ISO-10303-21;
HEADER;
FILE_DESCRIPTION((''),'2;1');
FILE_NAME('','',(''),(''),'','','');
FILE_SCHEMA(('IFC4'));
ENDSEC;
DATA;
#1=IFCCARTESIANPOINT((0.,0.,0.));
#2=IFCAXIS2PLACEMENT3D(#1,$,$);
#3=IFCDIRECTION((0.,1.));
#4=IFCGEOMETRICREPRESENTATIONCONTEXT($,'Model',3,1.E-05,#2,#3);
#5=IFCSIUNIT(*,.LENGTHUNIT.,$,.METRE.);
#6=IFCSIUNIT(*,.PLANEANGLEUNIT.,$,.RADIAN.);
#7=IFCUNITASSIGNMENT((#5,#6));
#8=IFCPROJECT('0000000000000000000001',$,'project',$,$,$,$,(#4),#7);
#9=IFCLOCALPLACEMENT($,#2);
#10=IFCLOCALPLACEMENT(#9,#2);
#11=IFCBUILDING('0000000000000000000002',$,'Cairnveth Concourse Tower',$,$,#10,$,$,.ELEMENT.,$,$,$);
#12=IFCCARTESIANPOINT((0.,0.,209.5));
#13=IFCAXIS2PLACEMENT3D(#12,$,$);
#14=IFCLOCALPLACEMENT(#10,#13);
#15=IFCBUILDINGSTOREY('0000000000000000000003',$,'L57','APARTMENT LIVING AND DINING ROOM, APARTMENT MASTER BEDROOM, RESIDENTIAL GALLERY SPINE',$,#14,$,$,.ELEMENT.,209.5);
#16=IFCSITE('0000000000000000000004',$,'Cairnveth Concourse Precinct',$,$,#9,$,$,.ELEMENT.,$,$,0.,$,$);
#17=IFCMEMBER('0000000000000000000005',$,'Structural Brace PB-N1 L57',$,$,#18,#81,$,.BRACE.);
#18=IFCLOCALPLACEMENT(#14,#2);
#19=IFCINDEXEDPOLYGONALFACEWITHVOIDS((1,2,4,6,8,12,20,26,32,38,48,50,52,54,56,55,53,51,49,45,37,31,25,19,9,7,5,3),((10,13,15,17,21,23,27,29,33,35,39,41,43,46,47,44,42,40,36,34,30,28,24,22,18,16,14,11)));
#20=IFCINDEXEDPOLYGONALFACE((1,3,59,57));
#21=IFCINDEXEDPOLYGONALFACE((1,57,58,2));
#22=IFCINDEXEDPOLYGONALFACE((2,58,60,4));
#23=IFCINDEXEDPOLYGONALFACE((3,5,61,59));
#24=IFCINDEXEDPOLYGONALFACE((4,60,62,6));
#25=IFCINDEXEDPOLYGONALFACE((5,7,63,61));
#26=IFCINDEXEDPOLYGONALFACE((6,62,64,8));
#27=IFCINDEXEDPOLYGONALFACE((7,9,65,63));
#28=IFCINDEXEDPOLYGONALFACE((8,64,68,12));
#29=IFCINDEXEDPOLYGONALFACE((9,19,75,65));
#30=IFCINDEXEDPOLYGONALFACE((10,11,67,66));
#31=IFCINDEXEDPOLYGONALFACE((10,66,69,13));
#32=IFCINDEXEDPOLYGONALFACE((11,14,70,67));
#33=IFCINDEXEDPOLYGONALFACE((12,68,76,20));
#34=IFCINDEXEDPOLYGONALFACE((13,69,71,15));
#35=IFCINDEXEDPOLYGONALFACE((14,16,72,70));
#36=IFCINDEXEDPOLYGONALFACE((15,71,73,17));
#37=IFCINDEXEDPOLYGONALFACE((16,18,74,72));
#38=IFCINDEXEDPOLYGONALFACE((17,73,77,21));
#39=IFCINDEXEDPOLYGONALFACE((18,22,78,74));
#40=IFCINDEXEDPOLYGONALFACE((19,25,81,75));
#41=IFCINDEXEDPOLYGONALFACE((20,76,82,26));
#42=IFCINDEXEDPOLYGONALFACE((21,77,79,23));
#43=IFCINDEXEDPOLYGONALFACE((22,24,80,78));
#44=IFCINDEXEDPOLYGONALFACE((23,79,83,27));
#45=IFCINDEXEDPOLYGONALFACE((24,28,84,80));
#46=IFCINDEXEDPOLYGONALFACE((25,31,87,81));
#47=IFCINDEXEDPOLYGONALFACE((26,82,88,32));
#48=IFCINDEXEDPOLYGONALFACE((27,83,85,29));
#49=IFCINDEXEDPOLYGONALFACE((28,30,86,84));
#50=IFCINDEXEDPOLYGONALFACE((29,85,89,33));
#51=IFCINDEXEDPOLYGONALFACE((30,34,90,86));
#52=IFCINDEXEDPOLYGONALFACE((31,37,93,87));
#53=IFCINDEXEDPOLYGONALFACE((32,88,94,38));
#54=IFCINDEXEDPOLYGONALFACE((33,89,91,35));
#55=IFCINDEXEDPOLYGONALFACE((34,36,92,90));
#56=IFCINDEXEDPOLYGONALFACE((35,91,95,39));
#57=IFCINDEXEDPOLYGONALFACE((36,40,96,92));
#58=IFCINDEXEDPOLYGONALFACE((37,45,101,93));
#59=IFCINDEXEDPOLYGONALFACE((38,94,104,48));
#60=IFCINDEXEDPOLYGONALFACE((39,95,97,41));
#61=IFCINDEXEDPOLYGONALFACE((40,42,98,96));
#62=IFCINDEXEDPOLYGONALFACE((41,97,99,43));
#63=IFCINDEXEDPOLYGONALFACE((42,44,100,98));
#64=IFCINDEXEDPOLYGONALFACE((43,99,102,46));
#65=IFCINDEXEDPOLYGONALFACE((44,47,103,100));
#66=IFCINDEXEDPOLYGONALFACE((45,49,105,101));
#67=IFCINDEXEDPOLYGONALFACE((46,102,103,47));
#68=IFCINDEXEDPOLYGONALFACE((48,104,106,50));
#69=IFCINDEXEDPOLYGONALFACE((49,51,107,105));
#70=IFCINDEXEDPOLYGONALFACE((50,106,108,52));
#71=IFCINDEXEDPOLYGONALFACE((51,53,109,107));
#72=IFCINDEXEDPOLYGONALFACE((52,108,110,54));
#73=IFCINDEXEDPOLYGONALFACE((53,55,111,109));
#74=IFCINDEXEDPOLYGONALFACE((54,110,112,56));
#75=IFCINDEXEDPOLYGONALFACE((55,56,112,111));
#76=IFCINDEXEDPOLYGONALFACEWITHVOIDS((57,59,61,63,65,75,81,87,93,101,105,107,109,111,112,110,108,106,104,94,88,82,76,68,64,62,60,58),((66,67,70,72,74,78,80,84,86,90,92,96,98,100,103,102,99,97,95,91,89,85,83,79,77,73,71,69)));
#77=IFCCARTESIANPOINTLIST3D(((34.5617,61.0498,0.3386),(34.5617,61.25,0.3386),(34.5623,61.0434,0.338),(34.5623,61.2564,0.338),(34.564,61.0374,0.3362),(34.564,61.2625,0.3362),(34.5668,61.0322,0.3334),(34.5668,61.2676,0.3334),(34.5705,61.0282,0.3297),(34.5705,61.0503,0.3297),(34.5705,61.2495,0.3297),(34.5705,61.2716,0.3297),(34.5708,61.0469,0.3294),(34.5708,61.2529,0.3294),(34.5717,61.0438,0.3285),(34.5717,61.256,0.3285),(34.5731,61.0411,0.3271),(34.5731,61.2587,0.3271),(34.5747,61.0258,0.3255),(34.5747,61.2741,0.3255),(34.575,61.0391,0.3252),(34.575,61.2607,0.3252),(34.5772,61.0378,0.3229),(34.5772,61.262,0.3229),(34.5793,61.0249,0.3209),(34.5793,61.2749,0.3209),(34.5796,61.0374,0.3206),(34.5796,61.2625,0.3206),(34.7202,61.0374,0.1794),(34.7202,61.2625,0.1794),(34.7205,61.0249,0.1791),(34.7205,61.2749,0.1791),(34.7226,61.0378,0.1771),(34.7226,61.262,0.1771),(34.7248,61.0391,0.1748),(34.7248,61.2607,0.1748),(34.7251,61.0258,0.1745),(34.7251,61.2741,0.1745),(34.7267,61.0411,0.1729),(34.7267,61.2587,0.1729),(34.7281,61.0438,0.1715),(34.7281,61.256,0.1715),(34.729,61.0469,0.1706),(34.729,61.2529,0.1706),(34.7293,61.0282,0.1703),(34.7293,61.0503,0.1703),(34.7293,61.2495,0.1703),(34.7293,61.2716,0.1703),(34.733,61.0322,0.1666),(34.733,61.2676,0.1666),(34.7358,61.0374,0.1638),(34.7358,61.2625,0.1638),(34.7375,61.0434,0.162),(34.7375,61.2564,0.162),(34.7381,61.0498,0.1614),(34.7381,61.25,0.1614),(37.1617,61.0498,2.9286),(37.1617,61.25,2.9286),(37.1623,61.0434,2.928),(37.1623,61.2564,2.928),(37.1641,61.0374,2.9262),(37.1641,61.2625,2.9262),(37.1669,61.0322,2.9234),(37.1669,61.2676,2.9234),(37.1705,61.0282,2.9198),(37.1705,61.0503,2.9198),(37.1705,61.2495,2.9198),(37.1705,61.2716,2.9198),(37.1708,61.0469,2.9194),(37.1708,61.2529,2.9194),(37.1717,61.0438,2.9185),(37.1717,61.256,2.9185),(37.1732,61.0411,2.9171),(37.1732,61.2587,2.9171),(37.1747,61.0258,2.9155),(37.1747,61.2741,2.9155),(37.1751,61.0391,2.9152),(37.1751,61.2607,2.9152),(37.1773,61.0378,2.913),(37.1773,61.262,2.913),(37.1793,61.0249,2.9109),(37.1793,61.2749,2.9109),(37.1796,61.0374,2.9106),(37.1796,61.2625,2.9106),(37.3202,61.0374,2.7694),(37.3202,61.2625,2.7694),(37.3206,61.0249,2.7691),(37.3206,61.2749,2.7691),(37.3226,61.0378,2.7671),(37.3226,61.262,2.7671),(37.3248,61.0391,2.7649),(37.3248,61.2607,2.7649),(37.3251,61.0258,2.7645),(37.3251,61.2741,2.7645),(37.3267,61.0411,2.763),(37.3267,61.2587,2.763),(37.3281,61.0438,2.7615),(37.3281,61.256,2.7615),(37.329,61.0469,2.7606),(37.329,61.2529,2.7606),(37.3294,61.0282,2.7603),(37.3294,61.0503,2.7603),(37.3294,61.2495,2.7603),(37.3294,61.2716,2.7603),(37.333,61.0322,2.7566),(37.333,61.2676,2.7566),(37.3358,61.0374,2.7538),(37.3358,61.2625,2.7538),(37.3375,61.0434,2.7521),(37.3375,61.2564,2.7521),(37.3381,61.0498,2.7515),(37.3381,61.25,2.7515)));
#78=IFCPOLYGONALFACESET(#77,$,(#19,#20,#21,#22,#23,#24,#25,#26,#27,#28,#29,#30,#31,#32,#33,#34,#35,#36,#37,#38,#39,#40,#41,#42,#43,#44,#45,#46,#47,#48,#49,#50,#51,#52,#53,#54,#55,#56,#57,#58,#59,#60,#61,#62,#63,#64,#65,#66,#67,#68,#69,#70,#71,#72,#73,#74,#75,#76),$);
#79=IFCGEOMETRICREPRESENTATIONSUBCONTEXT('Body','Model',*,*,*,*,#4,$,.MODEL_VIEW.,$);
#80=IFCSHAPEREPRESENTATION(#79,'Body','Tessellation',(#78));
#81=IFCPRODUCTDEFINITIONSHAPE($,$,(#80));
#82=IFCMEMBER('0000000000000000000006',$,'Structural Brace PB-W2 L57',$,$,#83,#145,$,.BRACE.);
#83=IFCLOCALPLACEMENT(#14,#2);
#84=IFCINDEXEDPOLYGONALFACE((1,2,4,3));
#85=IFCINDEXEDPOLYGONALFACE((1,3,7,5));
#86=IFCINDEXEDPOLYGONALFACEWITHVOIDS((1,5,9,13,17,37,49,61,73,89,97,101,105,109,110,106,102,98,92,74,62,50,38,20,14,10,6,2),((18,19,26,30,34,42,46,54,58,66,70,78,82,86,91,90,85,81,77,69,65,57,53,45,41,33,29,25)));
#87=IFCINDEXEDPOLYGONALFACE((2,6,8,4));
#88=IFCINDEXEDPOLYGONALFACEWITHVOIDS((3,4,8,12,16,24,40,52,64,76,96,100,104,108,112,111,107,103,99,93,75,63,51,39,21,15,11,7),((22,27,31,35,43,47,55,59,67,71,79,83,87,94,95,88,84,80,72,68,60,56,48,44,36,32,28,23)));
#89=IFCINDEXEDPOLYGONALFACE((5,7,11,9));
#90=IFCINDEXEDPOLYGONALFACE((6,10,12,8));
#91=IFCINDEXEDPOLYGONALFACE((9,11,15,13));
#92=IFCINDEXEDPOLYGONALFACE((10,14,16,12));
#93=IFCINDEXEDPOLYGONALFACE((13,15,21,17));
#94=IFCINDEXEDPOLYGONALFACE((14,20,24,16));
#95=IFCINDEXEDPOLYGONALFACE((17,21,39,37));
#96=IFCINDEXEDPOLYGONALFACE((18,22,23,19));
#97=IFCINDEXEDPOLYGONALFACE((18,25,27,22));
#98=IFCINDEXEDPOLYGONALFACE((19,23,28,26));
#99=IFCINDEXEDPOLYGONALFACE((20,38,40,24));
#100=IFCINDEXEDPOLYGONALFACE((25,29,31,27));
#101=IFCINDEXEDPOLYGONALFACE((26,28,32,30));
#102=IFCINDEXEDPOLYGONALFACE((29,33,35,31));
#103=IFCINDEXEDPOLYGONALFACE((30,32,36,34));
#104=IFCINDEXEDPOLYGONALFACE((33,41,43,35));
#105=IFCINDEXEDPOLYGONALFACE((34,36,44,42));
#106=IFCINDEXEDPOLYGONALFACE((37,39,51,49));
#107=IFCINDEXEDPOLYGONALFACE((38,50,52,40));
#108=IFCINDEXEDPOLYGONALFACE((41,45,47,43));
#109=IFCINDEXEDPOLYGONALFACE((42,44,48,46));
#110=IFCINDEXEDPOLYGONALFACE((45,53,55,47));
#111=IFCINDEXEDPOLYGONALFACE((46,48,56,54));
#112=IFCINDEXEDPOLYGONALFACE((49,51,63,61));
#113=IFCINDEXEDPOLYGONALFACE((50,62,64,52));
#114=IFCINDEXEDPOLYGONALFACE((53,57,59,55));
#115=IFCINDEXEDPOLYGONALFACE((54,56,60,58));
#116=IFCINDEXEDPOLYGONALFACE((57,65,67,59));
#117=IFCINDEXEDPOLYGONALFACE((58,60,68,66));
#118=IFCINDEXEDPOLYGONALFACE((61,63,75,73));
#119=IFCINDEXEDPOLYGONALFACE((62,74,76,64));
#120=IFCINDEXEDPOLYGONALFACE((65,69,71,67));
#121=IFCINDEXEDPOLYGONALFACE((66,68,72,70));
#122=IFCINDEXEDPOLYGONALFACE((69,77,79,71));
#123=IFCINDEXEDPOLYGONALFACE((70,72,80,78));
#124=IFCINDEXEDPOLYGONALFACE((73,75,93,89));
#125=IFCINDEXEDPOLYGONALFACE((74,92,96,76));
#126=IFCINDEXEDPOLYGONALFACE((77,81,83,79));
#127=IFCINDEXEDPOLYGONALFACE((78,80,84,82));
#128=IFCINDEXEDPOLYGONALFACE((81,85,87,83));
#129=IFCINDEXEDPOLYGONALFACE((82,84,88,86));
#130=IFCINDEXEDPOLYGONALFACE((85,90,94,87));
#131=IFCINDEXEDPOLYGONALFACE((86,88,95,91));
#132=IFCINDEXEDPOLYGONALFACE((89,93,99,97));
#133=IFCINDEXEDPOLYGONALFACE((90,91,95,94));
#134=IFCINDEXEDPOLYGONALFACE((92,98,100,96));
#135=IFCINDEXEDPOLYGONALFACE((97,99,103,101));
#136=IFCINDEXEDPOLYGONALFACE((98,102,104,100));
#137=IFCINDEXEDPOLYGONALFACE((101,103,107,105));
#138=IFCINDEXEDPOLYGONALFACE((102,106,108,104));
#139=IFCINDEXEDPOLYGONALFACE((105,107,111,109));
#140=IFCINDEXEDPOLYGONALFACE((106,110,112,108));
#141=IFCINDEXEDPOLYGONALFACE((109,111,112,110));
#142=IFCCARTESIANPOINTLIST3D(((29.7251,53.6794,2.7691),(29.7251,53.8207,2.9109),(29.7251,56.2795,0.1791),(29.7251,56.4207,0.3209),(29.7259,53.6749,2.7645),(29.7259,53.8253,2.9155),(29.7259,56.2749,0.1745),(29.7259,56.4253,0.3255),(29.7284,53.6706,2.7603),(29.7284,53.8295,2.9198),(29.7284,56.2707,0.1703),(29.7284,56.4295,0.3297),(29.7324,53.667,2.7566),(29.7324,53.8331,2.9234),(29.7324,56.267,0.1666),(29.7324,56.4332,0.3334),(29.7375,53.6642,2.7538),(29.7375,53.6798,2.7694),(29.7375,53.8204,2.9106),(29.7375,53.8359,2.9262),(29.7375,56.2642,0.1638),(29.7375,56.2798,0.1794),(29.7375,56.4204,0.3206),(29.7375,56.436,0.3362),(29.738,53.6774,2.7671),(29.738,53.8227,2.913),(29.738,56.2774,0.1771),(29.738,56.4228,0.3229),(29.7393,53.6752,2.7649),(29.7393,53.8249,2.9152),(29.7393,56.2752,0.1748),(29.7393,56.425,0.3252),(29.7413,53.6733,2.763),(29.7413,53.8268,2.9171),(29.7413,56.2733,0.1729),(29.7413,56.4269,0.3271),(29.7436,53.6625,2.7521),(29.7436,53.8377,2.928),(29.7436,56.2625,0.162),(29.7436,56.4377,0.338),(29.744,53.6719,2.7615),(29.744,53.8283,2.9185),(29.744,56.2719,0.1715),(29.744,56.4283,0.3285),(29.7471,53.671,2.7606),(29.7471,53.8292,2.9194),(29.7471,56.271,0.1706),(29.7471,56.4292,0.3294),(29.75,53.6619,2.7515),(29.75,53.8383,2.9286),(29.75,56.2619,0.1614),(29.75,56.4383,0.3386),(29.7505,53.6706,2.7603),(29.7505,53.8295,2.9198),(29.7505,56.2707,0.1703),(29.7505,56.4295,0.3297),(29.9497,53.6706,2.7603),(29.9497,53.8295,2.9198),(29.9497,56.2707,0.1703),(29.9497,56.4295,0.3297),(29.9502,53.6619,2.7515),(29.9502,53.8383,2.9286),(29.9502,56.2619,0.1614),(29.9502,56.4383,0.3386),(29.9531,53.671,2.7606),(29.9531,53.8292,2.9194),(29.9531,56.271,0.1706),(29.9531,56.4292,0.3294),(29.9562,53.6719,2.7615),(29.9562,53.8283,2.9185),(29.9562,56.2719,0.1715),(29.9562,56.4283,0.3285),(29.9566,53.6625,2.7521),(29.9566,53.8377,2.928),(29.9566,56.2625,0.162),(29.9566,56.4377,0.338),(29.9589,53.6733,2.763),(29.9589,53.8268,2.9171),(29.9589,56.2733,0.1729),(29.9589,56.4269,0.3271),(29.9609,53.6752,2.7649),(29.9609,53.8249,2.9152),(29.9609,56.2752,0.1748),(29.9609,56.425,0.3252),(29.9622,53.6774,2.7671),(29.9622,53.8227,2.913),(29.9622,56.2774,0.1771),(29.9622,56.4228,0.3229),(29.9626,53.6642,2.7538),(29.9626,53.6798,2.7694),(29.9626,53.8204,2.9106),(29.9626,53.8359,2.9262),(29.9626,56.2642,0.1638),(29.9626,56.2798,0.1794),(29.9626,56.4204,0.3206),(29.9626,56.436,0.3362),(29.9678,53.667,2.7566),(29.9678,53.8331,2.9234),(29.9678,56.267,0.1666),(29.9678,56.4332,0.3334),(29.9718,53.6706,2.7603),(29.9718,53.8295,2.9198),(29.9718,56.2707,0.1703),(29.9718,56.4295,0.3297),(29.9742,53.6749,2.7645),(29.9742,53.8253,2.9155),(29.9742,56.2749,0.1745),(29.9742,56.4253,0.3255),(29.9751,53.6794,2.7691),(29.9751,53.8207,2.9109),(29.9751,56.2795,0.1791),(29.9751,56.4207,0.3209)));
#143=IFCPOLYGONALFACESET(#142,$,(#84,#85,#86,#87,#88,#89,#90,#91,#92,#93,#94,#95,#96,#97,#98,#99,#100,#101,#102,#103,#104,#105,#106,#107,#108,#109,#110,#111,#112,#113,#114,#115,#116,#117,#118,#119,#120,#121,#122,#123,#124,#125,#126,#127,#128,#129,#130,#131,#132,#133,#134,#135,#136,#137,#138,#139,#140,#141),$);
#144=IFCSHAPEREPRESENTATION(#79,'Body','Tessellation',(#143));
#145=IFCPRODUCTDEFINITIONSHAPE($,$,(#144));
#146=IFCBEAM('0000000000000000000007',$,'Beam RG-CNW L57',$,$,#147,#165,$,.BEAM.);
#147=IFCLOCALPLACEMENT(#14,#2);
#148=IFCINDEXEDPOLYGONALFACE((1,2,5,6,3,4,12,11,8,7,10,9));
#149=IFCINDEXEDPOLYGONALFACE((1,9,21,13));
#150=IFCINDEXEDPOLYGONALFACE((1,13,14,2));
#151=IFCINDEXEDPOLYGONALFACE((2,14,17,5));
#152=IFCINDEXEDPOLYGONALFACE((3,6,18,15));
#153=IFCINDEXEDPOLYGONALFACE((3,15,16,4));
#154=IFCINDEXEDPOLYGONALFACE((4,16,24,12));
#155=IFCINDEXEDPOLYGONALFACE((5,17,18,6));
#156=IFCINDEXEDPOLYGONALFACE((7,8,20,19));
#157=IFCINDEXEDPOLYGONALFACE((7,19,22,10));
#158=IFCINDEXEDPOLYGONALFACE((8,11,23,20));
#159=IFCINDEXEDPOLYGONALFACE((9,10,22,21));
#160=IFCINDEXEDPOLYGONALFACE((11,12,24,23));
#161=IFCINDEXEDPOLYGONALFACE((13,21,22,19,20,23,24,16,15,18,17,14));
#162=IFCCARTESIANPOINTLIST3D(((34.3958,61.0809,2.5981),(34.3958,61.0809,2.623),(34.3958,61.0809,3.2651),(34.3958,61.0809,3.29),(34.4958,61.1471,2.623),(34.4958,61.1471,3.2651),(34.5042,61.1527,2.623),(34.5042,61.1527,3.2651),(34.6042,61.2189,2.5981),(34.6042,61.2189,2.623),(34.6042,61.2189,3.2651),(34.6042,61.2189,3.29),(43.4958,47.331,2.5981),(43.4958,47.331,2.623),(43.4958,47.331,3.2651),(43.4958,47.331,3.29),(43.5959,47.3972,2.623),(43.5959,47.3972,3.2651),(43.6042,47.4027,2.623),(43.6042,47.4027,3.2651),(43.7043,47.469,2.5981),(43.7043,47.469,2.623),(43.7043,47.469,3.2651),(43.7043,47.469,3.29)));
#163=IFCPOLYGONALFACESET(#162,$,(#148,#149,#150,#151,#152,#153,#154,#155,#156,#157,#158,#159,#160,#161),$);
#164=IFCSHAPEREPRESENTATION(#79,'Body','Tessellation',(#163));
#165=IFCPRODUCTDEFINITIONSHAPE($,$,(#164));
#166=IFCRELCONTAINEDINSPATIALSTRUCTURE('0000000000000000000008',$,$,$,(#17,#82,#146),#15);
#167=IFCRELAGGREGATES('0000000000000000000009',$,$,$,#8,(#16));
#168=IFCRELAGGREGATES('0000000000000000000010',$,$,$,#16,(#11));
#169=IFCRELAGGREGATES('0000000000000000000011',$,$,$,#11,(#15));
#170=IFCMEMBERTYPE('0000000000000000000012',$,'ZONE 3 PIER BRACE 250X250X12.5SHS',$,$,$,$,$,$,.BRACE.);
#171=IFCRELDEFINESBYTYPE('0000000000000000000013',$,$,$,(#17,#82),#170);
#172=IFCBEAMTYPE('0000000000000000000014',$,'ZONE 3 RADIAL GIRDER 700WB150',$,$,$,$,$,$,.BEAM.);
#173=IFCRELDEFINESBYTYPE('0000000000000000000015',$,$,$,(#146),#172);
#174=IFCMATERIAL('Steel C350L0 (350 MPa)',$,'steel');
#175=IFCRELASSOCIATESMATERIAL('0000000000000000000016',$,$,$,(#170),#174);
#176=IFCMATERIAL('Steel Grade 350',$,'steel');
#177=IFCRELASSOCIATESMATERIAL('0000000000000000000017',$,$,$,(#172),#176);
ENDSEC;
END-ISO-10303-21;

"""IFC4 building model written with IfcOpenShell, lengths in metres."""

from ifc_helpers import new_model, si_unit, direction, frame, origin, origin_2d, place, context, subcontext, project, spatial, hollow_rectangle, i_section, extrude, material, material_profile, profile_set, type_object, element, save


model = new_model("IFC4")

# Units and contexts
model_context = context("Model", 3, precision=1e-05, world=origin(), true_north=direction((0.0, 1.0)))
body_context = subcontext(model_context, "Body", "Model", "MODEL_VIEW")
ifc_project = project(units=[si_unit("LENGTHUNIT", "METRE"), si_unit("PLANEANGLEUNIT", "RADIAN")], contexts=[model_context])

# Site, building, storey
site_placement = place(None, origin())
site = spatial("IfcSite", under=ifc_project, at=site_placement, Name="Cairnveth Concourse Precinct", CompositionType="ELEMENT", RefElevation=0.0)
building_placement = place(site_placement, origin())
building = spatial("IfcBuilding", under=site, at=building_placement, Name="Cairnveth Concourse Tower", CompositionType="ELEMENT")
storey_placement = place(building_placement, frame((0.0, 0.0, 209.5)))
storey = spatial("IfcBuildingStorey", under=building, at=storey_placement, Name="L57", Description="APARTMENT LIVING AND DINING ROOM, APARTMENT MASTER BEDROOM, RESIDENTIAL GALLERY SPINE", CompositionType="ELEMENT", Elevation=209.5)

# Shared definitions
ifc_material_1 = material(Name="Steel Grade 350", Category="steel")

# Members
ifc_material_2 = material(Name="Steel C350L0 (350 MPa)", Category="steel")
ifc_material_profile_1 = material_profile(ifc_material_2, hollow_rectangle(XDim=0.25, YDim=0.25, WallThickness=0.0125, InnerFilletRadius=0.0129, OuterFilletRadius=0.0249, at=origin_2d()), Name="250x250x12.5SHS")
ifc_profile_set_1 = profile_set([ifc_material_profile_1], Name="Steel C350L0 (350 MPa)")
member_type = type_object("IfcMemberType", Name="ZONE 3 PIER BRACE 250X250X12.5SHS", PredefinedType="BRACE", material=ifc_profile_set_1)
for number, where, z_axis, x_axis, name in (
    (1, (34.6499, 61.1499, 0.25), (0.708469, 0.0, 0.705742), (0.0, 1.0, 0.0), "Structural Brace PB-N1 L57"),
    (2, (29.8501, 56.3501, 0.25), (0.0, -0.708469, 0.705742), (1.0, 0.0, 0.0), "Structural Brace PB-W2 L57"),
):
    element("IfcMember", number, at=place(storey_placement, frame(where, z_axis=z_axis, x_axis=x_axis)), inside=storey, type_object=member_type, Name=name, PredefinedType="BRACE", context=body_context, shape_type="SweptSolid", body=[
        extrude(hollow_rectangle(XDim=0.25, YDim=0.25, WallThickness=0.0125, InnerFilletRadius=0.0129, OuterFilletRadius=0.0249, at=origin_2d()), origin(), (0.0, 0.0, 1.0), 3.6699),
    ])

# Beam
ifc_material_profile_2 = material_profile(ifc_material_1, i_section(OverallWidth=0.25, OverallDepth=0.6919, WebThickness=0.01, FlangeThickness=0.0249, at=origin_2d()), Name="700WB150")
ifc_profile_set_2 = profile_set([ifc_material_profile_2], Name="Steel Grade 350")
beam_type_1 = type_object("IfcBeamType", Name="ZONE 3 RADIAL GIRDER 700WB150", PredefinedType="BEAM", material=ifc_profile_set_2)
beam_1_placement = place(storey_placement, frame((34.5, 61.1499, 2.9441), z_axis=(0.551902, -0.833909, 0.0), x_axis=(0.833909, 0.551902, 0.0)))
element("IfcBeam", 3, at=beam_1_placement, inside=storey, type_object=beam_type_1, Name="Beam RG-CNW L57", PredefinedType="BEAM", context=body_context, shape_type="SweptSolid", body=[
    extrude(i_section(OverallWidth=0.25, OverallDepth=0.6919, WebThickness=0.01, FlangeThickness=0.0249, at=origin_2d()), origin(), (0.0, 0.0, 1.0), 16.4885),
])

save(model, "model.ifc")
